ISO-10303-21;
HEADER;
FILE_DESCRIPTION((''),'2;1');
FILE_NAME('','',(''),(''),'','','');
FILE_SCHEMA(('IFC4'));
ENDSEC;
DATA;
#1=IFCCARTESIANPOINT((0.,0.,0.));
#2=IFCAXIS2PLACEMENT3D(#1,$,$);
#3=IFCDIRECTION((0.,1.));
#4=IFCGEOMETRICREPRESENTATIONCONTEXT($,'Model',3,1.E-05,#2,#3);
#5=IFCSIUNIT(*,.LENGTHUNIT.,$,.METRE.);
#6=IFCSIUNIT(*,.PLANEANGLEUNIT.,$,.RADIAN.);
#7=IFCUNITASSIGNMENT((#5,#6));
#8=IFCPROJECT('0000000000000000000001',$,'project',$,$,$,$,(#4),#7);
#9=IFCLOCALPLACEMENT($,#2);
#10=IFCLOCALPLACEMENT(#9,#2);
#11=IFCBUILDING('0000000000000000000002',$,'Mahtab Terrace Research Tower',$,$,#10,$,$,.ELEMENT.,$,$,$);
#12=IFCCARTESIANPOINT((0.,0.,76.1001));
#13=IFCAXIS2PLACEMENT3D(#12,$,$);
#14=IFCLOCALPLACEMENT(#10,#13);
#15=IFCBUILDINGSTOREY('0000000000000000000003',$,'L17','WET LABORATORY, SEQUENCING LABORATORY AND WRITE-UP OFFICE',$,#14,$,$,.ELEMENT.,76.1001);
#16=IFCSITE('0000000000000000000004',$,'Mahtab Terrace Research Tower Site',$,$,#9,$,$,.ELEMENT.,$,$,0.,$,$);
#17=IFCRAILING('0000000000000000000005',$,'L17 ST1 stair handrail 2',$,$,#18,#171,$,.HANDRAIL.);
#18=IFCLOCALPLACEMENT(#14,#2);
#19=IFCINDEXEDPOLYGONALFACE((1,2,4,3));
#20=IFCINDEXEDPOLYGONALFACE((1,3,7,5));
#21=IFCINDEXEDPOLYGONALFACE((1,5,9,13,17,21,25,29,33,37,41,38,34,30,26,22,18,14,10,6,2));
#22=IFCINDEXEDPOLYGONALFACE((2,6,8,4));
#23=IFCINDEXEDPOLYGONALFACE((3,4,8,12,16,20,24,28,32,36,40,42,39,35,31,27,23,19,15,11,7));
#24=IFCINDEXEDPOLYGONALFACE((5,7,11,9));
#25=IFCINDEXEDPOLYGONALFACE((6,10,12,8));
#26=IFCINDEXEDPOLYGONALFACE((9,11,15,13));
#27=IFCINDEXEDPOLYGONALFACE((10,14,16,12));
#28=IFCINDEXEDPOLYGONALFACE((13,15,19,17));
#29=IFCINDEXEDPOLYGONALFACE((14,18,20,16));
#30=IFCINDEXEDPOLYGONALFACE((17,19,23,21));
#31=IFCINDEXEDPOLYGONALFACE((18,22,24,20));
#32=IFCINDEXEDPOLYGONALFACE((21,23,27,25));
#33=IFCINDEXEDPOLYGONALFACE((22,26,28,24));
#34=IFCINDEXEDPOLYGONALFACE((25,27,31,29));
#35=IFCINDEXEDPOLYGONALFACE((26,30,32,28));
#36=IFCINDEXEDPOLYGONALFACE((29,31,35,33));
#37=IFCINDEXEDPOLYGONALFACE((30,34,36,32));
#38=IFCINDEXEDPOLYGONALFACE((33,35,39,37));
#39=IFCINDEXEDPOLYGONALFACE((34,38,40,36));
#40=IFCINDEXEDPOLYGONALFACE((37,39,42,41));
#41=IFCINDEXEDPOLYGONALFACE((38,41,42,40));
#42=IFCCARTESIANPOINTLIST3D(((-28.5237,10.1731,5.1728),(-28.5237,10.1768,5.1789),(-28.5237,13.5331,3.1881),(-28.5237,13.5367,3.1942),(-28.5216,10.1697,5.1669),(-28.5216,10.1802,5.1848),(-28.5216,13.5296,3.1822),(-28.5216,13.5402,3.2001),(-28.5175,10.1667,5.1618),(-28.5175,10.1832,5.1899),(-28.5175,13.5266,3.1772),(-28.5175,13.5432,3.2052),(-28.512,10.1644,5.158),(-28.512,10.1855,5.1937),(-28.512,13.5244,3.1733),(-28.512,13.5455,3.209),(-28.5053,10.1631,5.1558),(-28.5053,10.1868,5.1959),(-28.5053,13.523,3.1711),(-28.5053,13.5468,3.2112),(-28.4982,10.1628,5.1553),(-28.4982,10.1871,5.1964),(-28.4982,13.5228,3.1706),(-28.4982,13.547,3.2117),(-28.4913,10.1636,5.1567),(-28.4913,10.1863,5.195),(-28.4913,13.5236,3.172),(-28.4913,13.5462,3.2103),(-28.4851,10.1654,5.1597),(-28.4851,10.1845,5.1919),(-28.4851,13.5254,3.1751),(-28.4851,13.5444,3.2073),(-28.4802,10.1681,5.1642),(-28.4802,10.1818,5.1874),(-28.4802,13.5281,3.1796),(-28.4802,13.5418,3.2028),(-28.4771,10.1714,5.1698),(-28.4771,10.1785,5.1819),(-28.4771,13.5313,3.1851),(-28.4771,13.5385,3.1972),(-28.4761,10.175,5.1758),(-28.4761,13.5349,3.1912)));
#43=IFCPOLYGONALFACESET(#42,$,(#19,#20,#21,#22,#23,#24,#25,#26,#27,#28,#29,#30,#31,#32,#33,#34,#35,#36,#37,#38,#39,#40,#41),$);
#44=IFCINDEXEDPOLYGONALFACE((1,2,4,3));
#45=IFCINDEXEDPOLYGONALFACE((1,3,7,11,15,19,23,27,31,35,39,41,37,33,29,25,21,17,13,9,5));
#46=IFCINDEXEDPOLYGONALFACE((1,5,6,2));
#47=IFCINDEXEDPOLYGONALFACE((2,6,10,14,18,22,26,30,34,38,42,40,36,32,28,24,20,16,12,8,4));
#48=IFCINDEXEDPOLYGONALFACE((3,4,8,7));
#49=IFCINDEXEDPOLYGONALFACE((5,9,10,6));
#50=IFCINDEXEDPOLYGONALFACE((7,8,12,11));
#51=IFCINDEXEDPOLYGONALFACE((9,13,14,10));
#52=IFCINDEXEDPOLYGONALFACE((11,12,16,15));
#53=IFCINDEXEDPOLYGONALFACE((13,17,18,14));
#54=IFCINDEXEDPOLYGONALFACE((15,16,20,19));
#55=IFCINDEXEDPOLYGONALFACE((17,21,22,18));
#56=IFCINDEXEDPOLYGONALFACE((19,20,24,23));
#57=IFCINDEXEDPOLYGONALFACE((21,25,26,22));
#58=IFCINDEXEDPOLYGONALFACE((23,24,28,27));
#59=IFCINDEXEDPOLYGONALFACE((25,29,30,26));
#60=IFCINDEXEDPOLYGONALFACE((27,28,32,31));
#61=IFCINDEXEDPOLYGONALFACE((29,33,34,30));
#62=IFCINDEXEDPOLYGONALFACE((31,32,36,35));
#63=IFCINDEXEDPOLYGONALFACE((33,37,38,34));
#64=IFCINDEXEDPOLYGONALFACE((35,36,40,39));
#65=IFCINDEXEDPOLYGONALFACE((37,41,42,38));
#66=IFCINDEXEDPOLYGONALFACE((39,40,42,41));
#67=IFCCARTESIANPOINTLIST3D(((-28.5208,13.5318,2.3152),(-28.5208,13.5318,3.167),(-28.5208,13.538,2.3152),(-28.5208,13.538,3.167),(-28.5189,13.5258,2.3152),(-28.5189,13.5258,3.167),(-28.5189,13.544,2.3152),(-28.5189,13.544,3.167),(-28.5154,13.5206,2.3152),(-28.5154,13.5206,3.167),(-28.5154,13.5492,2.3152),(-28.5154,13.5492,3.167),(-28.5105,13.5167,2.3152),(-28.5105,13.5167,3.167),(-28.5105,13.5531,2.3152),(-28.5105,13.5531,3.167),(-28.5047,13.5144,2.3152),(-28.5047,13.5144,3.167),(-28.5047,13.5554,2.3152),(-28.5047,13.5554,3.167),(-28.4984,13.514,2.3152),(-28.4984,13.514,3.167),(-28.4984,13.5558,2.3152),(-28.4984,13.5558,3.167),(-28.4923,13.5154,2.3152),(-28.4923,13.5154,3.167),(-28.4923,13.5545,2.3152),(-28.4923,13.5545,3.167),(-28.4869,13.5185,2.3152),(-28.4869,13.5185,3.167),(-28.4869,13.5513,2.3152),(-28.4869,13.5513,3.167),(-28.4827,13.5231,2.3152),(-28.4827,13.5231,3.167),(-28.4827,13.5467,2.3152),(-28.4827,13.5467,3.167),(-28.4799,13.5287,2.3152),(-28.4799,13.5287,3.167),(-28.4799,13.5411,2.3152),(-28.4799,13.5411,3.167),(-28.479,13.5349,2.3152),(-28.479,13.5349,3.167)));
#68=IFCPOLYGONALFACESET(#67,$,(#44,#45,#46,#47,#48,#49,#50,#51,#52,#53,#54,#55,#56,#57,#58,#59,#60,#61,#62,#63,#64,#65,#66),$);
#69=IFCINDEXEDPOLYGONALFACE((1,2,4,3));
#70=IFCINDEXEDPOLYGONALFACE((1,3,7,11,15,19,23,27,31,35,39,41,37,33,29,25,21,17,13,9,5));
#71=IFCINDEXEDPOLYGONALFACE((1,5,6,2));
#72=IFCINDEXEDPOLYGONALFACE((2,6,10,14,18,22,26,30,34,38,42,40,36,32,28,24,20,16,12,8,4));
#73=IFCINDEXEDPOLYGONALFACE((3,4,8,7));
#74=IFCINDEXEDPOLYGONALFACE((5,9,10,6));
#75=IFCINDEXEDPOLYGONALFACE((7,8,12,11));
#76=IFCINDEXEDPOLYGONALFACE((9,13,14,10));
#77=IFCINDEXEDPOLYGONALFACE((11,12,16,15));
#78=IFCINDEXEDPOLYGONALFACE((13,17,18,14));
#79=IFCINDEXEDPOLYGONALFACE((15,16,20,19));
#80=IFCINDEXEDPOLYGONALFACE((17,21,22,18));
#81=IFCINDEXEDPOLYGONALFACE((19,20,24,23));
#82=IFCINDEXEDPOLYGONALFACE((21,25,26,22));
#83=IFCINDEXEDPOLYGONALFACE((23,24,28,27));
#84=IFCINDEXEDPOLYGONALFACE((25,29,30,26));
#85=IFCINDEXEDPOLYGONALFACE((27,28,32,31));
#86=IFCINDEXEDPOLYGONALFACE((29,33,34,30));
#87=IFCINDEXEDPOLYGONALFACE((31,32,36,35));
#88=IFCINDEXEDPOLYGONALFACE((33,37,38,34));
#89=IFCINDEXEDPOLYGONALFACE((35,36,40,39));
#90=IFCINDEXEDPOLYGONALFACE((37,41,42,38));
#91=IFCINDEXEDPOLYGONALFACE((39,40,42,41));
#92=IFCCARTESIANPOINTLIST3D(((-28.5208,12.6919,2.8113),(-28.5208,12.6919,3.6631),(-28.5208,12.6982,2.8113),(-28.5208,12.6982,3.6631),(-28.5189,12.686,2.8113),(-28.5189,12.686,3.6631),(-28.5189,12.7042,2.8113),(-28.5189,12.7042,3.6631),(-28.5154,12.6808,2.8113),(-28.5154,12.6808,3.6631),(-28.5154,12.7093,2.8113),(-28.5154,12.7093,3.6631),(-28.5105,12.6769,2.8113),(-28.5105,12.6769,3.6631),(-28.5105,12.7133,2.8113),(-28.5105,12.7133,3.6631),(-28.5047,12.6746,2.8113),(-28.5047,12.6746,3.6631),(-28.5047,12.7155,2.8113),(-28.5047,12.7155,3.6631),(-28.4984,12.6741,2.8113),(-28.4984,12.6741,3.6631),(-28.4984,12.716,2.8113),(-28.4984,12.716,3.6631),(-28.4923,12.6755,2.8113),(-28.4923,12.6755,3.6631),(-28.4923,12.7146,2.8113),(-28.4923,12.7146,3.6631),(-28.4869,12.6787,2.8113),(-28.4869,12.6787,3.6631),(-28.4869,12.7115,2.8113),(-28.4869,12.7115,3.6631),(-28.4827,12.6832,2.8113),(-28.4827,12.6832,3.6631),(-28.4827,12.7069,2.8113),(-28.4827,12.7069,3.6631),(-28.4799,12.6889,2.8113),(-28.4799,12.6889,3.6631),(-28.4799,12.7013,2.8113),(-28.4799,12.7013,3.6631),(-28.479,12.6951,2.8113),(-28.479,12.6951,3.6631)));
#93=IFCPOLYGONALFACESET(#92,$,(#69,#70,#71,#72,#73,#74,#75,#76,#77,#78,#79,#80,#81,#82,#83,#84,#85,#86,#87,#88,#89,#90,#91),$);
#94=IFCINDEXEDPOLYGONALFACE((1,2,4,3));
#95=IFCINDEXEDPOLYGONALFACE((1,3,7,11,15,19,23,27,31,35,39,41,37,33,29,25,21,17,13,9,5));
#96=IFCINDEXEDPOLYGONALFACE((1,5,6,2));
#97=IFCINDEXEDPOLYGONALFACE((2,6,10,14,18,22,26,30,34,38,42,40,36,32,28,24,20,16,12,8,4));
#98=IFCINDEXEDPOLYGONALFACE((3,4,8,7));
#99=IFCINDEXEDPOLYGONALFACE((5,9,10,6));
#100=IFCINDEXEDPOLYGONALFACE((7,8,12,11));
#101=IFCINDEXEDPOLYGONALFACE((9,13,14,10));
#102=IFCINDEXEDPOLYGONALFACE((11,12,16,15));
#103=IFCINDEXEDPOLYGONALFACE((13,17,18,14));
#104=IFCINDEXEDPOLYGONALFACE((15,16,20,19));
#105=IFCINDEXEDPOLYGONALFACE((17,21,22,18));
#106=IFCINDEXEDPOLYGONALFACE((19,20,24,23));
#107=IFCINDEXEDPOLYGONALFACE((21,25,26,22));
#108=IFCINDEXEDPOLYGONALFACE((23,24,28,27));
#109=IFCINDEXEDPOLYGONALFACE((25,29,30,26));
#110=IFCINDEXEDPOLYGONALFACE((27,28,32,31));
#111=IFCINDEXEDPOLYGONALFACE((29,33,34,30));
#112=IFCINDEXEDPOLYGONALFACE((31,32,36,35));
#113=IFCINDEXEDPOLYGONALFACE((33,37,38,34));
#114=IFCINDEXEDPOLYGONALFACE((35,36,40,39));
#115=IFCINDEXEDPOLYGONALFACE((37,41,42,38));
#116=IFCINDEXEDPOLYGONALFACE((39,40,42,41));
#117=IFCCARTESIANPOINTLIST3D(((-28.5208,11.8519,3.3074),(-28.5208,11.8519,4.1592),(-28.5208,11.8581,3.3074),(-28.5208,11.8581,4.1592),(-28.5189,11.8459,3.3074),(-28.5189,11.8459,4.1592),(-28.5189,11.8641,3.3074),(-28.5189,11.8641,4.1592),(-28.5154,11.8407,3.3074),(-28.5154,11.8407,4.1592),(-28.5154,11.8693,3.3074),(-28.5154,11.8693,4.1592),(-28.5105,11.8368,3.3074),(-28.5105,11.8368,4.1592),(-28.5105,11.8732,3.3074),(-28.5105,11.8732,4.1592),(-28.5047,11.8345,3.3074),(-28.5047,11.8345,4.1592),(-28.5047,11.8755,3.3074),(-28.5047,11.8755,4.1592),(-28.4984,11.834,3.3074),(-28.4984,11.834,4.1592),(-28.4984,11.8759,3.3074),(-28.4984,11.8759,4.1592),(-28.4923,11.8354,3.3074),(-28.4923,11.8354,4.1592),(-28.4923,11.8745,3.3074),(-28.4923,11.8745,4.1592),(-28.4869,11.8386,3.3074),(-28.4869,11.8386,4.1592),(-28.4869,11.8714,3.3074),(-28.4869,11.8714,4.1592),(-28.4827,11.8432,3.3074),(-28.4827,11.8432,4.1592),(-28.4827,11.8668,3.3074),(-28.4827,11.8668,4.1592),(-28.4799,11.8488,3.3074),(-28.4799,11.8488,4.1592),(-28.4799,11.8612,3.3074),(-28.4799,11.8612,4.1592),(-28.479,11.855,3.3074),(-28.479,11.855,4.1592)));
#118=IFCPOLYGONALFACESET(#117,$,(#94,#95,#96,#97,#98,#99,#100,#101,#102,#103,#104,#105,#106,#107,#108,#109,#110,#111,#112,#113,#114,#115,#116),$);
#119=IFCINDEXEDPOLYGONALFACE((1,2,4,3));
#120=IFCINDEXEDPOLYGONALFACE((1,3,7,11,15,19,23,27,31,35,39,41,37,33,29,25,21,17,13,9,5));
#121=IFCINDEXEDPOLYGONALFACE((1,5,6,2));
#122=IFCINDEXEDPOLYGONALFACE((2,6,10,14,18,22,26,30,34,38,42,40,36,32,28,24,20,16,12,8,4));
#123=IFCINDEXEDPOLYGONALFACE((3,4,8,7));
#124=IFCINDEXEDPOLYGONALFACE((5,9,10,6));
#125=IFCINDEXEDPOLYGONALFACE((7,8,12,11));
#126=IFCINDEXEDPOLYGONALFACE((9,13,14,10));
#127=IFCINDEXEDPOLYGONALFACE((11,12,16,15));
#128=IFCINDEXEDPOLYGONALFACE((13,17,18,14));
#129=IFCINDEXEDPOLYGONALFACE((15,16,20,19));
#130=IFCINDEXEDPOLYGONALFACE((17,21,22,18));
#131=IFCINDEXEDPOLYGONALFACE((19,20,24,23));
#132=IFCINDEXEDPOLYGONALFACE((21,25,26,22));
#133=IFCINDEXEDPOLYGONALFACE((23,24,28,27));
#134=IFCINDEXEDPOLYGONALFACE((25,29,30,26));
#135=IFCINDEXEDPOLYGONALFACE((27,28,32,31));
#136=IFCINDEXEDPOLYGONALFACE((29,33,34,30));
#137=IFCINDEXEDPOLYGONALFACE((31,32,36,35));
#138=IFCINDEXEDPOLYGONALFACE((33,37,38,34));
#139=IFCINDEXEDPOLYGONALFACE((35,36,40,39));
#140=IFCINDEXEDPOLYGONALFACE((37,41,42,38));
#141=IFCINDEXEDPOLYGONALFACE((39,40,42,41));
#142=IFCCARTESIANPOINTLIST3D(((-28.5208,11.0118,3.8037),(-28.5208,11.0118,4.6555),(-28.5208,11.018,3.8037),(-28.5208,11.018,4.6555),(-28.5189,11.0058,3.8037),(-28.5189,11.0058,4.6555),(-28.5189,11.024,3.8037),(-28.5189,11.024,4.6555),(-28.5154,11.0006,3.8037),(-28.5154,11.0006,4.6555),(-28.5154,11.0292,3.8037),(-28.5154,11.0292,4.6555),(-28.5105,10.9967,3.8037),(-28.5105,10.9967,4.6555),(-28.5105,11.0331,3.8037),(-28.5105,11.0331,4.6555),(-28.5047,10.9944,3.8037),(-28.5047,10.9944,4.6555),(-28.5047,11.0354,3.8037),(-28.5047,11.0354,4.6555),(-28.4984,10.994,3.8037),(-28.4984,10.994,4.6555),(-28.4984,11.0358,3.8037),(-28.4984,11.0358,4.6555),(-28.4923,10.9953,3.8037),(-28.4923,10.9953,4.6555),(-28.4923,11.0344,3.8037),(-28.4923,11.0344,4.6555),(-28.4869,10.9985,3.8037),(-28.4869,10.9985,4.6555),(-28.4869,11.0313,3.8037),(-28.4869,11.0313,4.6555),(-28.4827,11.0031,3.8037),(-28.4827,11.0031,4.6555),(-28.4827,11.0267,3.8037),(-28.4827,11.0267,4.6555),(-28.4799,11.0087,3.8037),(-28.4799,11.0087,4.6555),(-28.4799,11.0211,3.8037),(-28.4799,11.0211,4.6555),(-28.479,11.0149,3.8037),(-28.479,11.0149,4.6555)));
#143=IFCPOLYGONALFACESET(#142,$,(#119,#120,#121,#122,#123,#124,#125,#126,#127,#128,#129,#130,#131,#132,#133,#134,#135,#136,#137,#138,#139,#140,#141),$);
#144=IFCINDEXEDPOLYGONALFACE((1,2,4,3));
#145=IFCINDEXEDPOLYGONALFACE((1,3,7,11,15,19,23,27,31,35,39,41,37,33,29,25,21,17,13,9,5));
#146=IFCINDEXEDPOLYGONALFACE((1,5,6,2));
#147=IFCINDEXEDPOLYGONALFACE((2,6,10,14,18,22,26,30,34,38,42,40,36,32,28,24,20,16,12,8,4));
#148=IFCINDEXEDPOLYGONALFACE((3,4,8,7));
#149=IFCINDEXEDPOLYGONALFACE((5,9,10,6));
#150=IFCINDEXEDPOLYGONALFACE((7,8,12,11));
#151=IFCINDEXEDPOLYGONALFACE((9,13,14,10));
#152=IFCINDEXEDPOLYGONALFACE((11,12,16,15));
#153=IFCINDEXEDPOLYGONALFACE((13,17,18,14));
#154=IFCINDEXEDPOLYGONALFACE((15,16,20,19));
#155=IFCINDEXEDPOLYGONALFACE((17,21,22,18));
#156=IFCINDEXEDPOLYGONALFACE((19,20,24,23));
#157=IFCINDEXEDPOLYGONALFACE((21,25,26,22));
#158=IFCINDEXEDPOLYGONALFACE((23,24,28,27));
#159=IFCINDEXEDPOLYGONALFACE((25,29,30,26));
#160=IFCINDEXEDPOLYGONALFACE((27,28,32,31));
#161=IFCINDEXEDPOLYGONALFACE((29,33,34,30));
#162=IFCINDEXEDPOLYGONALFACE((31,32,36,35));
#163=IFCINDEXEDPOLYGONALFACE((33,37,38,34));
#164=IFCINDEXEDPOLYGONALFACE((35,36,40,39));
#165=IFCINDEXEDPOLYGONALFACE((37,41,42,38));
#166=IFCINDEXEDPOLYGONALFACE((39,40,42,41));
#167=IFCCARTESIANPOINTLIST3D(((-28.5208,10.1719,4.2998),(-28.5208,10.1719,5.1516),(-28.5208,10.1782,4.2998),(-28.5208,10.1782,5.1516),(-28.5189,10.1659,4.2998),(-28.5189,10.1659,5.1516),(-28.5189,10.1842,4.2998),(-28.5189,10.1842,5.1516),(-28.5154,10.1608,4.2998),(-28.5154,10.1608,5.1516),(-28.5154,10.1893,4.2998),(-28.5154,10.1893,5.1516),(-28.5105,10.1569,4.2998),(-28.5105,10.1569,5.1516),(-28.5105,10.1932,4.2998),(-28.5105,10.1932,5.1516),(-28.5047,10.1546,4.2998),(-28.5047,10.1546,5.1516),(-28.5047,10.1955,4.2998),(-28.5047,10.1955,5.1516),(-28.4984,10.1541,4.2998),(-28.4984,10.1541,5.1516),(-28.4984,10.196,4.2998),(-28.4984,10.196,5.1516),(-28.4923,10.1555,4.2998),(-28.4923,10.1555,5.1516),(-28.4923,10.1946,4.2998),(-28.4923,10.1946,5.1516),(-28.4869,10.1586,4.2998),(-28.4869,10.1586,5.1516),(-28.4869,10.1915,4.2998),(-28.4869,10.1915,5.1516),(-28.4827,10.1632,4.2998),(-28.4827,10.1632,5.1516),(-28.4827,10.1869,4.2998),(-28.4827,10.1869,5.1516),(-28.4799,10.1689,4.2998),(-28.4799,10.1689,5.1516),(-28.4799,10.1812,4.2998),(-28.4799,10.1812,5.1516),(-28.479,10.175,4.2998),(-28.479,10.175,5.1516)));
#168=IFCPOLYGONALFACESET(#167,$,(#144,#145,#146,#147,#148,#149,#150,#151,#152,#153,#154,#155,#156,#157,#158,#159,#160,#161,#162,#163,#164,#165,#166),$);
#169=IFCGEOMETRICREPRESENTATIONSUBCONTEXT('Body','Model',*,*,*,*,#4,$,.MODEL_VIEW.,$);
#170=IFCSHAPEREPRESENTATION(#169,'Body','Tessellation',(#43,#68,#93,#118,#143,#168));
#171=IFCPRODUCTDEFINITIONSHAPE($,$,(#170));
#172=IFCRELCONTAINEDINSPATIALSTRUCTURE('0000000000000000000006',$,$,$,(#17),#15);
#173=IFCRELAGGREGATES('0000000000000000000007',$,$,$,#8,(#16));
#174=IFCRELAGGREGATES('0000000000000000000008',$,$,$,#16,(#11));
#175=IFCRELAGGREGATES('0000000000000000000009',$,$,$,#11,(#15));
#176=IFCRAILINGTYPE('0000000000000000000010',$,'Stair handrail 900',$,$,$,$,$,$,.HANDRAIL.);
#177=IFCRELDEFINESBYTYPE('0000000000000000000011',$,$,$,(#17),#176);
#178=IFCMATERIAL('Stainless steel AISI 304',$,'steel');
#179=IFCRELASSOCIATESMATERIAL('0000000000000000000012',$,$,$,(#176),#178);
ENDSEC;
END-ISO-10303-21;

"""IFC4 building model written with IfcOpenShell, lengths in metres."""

from ifc_helpers import new_model, si_unit, direction, frame, origin, origin_2d, place, context, subcontext, project, spatial, circle, extrude, material, type_object, element, save


model = new_model("IFC4")

# Units and contexts
model_context = context("Model", 3, precision=1e-05, world=origin(), true_north=direction((0.0, 1.0)))
body_context = subcontext(model_context, "Body", "Model", "MODEL_VIEW")
ifc_project = project(units=[si_unit("LENGTHUNIT", "METRE"), si_unit("PLANEANGLEUNIT", "RADIAN")], contexts=[model_context])

# Site, building, storey
site_placement = place(None, origin())
site = spatial("IfcSite", under=ifc_project, at=site_placement, Name="Mahtab Terrace Research Tower Site", CompositionType="ELEMENT", RefElevation=0.0)
building_placement = place(site_placement, origin())
building = spatial("IfcBuilding", under=site, at=building_placement, Name="Mahtab Terrace Research Tower", CompositionType="ELEMENT")
storey_placement = place(building_placement, frame((0.0, 0.0, 76.1001)))
storey = spatial("IfcBuildingStorey", under=building, at=storey_placement, Name="L17", Description="WET LABORATORY, SEQUENCING LABORATORY AND WRITE-UP OFFICE", CompositionType="ELEMENT", Elevation=76.1001)

# Railing
ifc_material_1 = material(Name="Stainless steel AISI 304", Category="steel")
railing_type_1 = type_object("IfcRailingType", Name="Stair handrail 900", PredefinedType="HANDRAIL", material=ifc_material_1)
railing_1_placement = place(storey_placement, frame((-28.5, 13.5349, 2.3152)))
element("IfcRailing", 1, at=railing_1_placement, inside=storey, type_object=railing_type_1, Name="L17 ST1 stair handrail 2", PredefinedType="HANDRAIL", context=body_context, shape_type="SweptSolid", body=[
    extrude(circle(Radius=0.0239, at=origin_2d()), frame((0.0, 0.0, 0.876), z_axis=(0.0, -0.861011, 0.508586), x_axis=(1.0, 0.0, 0.0)), (0.0, 0.0, 1.0), 3.9023),
    extrude(circle(Radius=0.021, at=origin_2d()), origin(), (0.0, 0.0, 1.0), 0.8518),
    extrude(circle(Radius=0.021, at=origin_2d()), frame((0.0, -0.8398, 0.4961)), (0.0, 0.0, 1.0), 0.8518),
    extrude(circle(Radius=0.021, at=origin_2d()), frame((0.0, -1.6799, 0.9922)), (0.0, 0.0, 1.0), 0.8518),
    extrude(circle(Radius=0.021, at=origin_2d()), frame((0.0, -2.52, 1.4885)), (0.0, 0.0, 1.0), 0.8518),
    extrude(circle(Radius=0.021, at=origin_2d()), frame((0.0, -3.3599, 1.9846)), (0.0, 0.0, 1.0), 0.8518),
])

save(model, "model.ifc")
